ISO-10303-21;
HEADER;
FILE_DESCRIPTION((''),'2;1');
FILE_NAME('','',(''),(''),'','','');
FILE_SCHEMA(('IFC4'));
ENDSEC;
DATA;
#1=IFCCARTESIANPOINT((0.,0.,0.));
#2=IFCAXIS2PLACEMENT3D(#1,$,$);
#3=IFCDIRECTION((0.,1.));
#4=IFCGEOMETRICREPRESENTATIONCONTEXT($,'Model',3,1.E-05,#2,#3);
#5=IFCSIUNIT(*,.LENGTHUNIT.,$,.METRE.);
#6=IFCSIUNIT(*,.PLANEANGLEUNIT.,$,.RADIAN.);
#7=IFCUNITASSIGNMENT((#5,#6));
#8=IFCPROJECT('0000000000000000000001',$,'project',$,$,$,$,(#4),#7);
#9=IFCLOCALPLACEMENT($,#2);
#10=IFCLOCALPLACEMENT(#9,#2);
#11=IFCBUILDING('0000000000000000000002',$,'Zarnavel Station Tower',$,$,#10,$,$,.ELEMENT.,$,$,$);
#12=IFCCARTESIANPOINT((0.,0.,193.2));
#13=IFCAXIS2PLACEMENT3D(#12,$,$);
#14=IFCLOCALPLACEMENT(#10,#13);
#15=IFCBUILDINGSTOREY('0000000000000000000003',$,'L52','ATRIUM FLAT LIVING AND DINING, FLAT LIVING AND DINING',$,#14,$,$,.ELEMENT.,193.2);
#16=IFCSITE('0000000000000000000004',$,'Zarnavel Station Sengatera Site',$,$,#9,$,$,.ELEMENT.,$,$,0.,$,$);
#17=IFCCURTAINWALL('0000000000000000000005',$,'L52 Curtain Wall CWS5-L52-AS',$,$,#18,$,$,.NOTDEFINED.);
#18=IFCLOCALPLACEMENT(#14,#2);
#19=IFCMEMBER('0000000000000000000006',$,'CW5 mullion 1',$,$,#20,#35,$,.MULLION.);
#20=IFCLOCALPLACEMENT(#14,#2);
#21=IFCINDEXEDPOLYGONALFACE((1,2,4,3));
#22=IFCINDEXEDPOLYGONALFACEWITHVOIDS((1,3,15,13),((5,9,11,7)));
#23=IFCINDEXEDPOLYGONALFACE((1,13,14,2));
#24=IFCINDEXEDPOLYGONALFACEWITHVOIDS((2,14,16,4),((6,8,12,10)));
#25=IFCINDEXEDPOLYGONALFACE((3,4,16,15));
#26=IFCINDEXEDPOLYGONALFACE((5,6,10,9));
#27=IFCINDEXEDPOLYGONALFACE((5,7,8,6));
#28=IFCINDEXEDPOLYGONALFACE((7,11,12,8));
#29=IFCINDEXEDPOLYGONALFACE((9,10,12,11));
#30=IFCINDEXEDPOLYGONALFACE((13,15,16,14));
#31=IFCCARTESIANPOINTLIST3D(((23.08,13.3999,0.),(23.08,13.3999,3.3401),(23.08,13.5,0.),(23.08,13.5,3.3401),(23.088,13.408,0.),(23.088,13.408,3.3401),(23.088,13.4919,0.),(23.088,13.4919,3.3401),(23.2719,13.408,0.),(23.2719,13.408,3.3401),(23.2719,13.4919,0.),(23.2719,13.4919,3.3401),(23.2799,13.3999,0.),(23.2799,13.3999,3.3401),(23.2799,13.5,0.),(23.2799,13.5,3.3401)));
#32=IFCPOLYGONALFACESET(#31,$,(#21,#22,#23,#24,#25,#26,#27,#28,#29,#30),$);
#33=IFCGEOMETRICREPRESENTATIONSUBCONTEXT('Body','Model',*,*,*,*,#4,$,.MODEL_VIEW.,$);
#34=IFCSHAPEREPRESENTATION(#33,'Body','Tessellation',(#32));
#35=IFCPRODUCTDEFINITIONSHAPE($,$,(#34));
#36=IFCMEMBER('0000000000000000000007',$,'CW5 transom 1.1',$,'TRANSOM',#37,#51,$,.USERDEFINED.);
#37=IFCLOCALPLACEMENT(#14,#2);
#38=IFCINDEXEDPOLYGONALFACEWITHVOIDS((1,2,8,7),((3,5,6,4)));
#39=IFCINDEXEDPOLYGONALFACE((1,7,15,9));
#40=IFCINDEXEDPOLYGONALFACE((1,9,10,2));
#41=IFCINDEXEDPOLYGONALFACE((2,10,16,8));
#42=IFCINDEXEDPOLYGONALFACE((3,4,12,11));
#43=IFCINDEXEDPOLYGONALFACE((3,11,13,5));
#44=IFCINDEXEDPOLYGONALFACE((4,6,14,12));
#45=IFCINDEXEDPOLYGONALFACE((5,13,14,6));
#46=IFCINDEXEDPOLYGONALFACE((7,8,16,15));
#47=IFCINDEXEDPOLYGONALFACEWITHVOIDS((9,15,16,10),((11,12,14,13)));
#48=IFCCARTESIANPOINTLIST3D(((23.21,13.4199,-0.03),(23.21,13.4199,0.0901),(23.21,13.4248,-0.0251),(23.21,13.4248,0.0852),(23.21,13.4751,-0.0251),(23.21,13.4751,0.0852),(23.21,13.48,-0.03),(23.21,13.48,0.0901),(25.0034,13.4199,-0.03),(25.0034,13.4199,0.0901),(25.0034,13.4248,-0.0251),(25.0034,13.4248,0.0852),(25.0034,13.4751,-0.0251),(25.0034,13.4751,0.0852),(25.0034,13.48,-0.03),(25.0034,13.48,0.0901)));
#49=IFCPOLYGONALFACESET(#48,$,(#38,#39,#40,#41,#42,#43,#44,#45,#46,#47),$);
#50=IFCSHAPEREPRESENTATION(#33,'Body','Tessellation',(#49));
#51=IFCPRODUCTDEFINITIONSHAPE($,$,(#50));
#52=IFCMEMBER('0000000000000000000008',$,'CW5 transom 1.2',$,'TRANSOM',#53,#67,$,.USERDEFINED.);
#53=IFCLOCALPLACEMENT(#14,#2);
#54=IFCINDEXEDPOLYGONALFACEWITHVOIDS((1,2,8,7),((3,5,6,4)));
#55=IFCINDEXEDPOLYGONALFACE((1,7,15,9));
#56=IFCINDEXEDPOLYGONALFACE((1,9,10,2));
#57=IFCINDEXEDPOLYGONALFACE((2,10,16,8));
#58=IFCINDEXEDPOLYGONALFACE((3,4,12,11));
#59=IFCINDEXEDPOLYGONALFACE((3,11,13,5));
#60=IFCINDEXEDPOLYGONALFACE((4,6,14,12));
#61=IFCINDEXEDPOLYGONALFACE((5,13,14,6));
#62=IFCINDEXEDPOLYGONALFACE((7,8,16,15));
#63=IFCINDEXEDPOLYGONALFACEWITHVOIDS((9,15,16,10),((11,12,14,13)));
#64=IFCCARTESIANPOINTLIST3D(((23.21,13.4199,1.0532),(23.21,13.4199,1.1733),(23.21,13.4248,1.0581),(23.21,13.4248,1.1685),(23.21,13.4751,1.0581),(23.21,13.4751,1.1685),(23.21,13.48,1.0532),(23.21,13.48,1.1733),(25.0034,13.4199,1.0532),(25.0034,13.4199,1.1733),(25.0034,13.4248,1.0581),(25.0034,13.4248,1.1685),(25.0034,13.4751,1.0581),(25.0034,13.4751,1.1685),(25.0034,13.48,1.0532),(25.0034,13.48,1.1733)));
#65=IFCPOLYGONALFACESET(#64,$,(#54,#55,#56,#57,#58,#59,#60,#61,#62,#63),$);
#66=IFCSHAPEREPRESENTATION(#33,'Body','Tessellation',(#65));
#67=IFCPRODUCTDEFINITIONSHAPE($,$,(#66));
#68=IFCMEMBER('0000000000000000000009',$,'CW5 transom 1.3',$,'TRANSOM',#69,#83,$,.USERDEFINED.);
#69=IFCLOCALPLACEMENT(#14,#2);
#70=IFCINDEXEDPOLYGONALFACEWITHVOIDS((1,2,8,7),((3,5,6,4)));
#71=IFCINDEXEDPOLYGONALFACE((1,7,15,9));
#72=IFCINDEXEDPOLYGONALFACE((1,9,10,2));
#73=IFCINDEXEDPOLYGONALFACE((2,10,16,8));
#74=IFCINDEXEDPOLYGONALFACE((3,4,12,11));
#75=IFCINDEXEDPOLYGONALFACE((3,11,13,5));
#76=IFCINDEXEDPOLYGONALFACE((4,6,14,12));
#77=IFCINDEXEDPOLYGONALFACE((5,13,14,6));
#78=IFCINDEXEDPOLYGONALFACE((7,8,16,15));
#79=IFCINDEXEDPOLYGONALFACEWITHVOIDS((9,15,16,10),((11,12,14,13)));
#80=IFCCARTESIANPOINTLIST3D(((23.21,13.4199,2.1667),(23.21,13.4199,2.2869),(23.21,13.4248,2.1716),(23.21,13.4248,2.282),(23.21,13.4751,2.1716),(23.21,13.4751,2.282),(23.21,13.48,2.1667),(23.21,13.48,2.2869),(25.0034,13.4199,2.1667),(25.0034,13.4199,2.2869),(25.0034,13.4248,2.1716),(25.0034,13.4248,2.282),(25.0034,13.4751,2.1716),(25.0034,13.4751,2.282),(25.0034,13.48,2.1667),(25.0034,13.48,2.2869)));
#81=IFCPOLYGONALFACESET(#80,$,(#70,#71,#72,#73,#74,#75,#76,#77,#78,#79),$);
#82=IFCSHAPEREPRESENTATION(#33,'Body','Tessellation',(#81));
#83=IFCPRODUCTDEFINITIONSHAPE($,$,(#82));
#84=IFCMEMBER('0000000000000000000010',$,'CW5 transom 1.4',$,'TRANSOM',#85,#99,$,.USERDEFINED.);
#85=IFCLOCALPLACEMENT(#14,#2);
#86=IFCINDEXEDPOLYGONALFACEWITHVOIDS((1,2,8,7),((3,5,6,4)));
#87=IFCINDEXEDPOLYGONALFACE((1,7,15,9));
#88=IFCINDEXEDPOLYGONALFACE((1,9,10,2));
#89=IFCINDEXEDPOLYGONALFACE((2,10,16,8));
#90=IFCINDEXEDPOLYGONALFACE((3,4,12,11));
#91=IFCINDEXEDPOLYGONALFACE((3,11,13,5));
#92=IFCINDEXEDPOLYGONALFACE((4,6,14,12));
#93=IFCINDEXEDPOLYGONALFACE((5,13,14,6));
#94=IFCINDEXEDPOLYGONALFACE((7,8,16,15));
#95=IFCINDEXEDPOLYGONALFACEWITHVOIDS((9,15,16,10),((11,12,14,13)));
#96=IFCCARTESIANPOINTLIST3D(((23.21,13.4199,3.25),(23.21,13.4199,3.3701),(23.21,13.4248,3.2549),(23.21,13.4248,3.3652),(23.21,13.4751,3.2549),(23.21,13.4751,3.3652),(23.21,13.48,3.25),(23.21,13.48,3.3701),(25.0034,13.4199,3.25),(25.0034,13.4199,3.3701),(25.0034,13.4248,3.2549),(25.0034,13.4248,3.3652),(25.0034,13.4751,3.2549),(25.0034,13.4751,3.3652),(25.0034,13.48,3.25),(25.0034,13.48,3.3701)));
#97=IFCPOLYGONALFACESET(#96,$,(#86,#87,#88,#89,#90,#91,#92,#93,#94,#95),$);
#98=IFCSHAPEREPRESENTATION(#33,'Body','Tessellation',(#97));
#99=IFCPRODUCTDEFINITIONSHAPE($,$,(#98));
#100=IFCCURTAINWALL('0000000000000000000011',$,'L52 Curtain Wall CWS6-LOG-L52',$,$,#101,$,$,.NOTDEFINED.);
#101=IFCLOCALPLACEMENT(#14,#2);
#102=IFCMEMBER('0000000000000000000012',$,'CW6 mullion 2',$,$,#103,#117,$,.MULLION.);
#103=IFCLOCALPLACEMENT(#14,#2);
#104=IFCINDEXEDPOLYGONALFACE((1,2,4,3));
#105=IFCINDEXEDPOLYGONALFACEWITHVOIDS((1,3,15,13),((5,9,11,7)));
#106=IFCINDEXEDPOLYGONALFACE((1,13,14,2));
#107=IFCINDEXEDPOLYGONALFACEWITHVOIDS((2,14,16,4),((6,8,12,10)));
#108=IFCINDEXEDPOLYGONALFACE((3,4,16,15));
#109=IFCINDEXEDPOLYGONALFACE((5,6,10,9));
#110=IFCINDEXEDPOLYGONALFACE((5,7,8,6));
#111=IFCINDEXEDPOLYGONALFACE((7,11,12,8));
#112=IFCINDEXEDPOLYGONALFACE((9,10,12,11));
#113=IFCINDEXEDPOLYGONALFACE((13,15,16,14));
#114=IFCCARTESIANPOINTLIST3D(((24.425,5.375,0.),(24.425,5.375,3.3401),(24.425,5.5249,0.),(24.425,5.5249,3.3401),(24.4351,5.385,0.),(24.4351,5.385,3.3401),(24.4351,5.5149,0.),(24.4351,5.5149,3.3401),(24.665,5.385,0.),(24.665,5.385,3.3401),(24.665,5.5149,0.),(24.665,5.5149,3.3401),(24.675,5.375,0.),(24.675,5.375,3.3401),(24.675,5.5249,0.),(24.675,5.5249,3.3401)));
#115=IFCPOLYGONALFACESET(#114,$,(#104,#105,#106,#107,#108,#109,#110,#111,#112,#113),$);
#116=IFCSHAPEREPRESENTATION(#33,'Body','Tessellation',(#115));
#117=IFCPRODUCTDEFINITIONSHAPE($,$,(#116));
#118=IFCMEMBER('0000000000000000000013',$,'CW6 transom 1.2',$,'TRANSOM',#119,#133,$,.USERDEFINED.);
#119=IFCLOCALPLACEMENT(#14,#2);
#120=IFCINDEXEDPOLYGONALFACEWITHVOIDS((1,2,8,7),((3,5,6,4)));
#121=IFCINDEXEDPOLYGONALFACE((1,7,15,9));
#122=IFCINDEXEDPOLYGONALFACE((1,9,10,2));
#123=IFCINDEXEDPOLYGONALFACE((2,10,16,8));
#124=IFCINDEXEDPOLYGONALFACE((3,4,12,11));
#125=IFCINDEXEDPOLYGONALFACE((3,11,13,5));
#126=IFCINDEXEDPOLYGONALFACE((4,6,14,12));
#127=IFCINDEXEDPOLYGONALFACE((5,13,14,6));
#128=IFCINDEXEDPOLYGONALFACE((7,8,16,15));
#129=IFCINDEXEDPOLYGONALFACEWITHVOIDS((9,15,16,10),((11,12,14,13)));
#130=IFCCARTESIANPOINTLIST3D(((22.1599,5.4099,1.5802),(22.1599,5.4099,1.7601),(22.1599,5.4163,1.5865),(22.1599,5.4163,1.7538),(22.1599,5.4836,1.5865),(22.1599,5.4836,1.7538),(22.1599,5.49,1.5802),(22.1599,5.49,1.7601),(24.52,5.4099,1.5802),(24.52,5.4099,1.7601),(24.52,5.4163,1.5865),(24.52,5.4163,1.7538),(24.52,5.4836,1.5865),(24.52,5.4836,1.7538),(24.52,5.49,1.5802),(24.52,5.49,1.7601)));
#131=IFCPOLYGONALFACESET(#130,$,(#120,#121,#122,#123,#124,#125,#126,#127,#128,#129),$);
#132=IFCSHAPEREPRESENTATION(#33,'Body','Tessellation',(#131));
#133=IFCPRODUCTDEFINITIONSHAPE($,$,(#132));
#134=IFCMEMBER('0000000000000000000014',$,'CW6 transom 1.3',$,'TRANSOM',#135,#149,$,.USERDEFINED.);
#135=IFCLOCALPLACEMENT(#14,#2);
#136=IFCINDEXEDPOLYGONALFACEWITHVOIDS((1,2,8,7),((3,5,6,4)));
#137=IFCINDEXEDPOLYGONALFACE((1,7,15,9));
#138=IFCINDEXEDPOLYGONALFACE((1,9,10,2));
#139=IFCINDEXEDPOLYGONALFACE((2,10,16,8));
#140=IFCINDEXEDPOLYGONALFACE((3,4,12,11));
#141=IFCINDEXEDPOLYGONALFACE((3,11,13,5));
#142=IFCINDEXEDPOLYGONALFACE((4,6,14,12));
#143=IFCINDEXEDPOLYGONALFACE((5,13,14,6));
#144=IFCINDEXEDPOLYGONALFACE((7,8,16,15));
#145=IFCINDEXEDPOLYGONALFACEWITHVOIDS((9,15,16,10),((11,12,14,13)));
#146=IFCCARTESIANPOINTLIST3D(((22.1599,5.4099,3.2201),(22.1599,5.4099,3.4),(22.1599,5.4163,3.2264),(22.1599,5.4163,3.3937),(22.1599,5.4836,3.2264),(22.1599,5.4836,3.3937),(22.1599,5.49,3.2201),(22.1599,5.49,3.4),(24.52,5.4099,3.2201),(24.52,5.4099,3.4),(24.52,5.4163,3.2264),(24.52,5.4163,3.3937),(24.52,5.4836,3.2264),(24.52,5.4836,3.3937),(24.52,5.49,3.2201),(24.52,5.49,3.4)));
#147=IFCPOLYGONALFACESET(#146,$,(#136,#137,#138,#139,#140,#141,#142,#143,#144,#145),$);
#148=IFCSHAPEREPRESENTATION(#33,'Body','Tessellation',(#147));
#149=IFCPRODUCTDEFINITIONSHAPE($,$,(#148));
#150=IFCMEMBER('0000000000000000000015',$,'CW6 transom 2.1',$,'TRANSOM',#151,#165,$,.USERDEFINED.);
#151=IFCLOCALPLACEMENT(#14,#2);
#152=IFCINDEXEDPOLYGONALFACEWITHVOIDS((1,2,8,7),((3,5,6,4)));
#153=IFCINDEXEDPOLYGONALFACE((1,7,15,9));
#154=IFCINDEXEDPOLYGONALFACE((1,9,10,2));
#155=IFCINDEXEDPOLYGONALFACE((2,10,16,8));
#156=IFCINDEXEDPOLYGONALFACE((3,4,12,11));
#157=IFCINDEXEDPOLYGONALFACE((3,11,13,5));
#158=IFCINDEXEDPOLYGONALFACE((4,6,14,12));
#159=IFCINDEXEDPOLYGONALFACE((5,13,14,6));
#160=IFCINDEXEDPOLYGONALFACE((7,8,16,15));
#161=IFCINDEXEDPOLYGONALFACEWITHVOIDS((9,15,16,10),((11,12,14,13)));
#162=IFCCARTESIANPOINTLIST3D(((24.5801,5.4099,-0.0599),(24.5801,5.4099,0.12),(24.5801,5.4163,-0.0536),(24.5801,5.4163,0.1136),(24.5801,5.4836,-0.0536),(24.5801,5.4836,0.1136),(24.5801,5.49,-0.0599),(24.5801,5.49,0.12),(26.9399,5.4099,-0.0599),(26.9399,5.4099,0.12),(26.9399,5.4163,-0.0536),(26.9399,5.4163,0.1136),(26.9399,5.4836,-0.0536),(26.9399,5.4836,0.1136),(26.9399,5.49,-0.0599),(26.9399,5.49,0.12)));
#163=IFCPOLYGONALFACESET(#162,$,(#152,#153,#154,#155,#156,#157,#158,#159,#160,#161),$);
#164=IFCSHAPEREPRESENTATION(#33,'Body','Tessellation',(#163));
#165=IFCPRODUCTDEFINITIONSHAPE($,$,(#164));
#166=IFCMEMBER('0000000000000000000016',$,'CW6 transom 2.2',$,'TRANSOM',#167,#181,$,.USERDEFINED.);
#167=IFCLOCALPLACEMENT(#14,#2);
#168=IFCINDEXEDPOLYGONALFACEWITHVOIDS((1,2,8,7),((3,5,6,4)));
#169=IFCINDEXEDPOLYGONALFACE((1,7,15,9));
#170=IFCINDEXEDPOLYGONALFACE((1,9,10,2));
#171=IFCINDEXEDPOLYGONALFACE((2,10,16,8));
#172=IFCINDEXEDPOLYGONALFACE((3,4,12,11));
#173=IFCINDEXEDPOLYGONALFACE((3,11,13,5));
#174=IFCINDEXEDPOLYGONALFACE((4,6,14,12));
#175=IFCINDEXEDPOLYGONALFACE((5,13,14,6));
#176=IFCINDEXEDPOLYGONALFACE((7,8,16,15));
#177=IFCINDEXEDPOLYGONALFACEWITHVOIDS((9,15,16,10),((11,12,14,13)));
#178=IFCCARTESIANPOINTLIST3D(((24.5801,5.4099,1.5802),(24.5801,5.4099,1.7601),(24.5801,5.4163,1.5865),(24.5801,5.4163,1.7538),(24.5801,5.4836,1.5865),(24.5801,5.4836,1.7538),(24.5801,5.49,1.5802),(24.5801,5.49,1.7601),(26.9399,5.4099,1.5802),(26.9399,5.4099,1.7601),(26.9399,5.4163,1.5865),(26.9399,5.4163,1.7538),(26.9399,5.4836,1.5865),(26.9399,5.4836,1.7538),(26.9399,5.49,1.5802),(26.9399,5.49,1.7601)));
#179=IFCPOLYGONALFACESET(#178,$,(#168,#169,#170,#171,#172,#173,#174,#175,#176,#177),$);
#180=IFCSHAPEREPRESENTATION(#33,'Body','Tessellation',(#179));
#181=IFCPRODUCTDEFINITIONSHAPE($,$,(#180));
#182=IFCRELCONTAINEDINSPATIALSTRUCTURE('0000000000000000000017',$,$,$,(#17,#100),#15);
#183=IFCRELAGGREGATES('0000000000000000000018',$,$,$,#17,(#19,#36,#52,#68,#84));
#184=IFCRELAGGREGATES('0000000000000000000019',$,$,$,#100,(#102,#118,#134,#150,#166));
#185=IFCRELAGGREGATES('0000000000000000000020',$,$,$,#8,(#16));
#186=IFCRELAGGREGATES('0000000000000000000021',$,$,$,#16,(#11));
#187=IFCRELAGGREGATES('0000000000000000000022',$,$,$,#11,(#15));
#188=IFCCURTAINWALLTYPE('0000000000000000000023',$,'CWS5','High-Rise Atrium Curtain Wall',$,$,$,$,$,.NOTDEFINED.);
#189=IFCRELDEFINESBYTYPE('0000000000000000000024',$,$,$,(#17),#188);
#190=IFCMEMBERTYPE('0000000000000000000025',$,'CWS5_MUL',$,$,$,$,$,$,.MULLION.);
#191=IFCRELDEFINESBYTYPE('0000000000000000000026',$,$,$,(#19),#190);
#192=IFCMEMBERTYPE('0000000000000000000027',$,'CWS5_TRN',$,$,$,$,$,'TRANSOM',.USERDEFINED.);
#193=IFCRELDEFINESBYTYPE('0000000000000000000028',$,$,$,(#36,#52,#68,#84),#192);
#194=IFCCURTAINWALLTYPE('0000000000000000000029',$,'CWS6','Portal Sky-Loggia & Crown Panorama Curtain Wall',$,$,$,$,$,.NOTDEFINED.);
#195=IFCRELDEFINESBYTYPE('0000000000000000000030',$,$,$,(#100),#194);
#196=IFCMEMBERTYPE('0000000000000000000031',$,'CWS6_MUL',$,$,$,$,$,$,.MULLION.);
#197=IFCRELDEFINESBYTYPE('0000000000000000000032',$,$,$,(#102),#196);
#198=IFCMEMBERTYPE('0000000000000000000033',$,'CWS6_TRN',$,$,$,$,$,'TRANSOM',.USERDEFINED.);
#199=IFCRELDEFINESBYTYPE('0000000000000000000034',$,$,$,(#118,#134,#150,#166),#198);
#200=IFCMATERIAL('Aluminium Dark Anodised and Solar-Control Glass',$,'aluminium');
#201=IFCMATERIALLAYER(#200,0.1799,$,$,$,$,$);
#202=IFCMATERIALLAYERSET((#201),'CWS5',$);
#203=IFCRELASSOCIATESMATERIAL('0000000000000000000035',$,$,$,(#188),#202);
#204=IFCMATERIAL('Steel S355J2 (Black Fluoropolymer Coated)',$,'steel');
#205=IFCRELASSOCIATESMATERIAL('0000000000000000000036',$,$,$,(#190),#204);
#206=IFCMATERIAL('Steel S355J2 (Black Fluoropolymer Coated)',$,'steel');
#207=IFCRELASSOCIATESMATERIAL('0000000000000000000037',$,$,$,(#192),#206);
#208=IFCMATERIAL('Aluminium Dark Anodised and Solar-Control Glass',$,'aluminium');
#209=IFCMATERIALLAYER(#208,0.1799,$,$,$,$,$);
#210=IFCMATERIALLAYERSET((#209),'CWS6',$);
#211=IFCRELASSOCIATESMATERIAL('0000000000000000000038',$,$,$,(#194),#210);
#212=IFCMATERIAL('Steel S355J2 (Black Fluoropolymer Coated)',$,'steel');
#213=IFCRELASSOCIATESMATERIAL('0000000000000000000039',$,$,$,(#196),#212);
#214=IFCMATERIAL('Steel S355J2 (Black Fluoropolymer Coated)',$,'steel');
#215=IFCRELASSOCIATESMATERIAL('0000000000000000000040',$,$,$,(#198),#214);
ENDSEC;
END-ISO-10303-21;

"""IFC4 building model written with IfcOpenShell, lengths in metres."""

from ifc_helpers import new_model, si_unit, direction, frame, origin, origin_2d, place, context, subcontext, project, spatial, hollow_rectangle, extrude, material, layer, layer_set, material_profile, profile_set, type_object, element, aggregate, save


model = new_model("IFC4")

# Units and contexts
model_context = context("Model", 3, precision=1e-05, world=origin(), true_north=direction((0.0, 1.0)))
body_context = subcontext(model_context, "Body", "Model", "MODEL_VIEW")
ifc_project = project(units=[si_unit("LENGTHUNIT", "METRE"), si_unit("PLANEANGLEUNIT", "RADIAN")], contexts=[model_context])

# Site, building, storey
site_placement = place(None, origin())
site = spatial("IfcSite", under=ifc_project, at=site_placement, Name="Zarnavel Station Sengatera Site", CompositionType="ELEMENT", RefElevation=0.0)
building_placement = place(site_placement, origin())
building = spatial("IfcBuilding", under=site, at=building_placement, Name="Zarnavel Station Tower", CompositionType="ELEMENT")
storey_placement = place(building_placement, frame((0.0, 0.0, 193.2)))
storey = spatial("IfcBuildingStorey", under=building, at=storey_placement, Name="L52", Description="ATRIUM FLAT LIVING AND DINING, FLAT LIVING AND DINING", CompositionType="ELEMENT", Elevation=193.2)

# Curtain walls, members
ifc_material_1 = material(Name="Aluminium Dark Anodised and Solar-Control Glass", Category="aluminium")
ifc_layer_1 = layer(ifc_material_1, 0.1799)
ifc_layer_set_1 = layer_set([ifc_layer_1], Name="CWS5")
curtain_wall_type_1 = type_object("IfcCurtainWallType", Name="CWS5", Description="High-Rise Atrium Curtain Wall", PredefinedType="NOTDEFINED", material=ifc_layer_set_1)
curtain_wall_1_placement = place(storey_placement, origin())
curtain_wall_1 = element("IfcCurtainWall", 1, at=curtain_wall_1_placement, inside=storey, type_object=curtain_wall_type_1, Name="L52 Curtain Wall CWS5-L52-AS", PredefinedType="NOTDEFINED")
ifc_material_2 = material(Name="Steel S355J2 (Black Fluoropolymer Coated)", Category="steel")
ifc_material_profile_1 = material_profile(ifc_material_2, hollow_rectangle(XDim=0.1001, YDim=0.2, WallThickness=0.0081, at=origin_2d()), Name="RHS200x100x8")
ifc_profile_set_1 = profile_set([ifc_material_profile_1], Name="Steel S355J2 (Black Fluoropolymer Coated)")
member_type_1 = type_object("IfcMemberType", Name="CWS5_MUL", PredefinedType="MULLION", material=ifc_profile_set_1)
member_1_placement = place(storey_placement, frame((23.1799, 13.45, 0.0), z_axis=(0.0, 0.0, 1.0), x_axis=(0.0, 1.0, 0.0)))
member_1 = element("IfcMember", 2, at=member_1_placement, type_object=member_type_1, Name="CW5 mullion 1", PredefinedType="MULLION", context=body_context, shape_type="SweptSolid", body=[
    extrude(hollow_rectangle(XDim=0.1001, YDim=0.2, WallThickness=0.0081, at=origin_2d()), origin(), (0.0, 0.0, 1.0), 3.3401),
])
ifc_material_3 = material(Name="Steel S355J2 (Black Fluoropolymer Coated)", Category="steel")
ifc_material_profile_2 = material_profile(ifc_material_3, hollow_rectangle(XDim=0.0601, YDim=0.1201, WallThickness=0.0049, at=origin_2d()), Name="RHS120x60x5")
ifc_profile_set_2 = profile_set([ifc_material_profile_2], Name="Steel S355J2 (Black Fluoropolymer Coated)")
member_type_2 = type_object("IfcMemberType", Name="CWS5_TRN", ElementType="TRANSOM", PredefinedType="USERDEFINED", material=ifc_profile_set_2)
member_2_placement = place(storey_placement, frame((23.21, 13.45, 0.03), z_axis=(1.0, 0.0, 0.0), x_axis=(0.0, 1.0, 0.0)))
member_2 = element("IfcMember", 3, at=member_2_placement, type_object=member_type_2, Name="CW5 transom 1.1", ObjectType="TRANSOM", PredefinedType="USERDEFINED", context=body_context, shape_type="SweptSolid", body=[
    extrude(hollow_rectangle(XDim=0.0601, YDim=0.1201, WallThickness=0.0049, at=origin_2d()), origin(), (0.0, 0.0, 1.0), 1.7935),
])
member_3_placement = place(storey_placement, frame((23.21, 13.45, 1.1133), z_axis=(1.0, 0.0, 0.0), x_axis=(0.0, 1.0, 0.0)))
member_3 = element("IfcMember", 4, at=member_3_placement, type_object=member_type_2, Name="CW5 transom 1.2", ObjectType="TRANSOM", PredefinedType="USERDEFINED", context=body_context, shape_type="SweptSolid", body=[
    extrude(hollow_rectangle(XDim=0.0601, YDim=0.1201, WallThickness=0.0049, at=origin_2d()), origin(), (0.0, 0.0, 1.0), 1.7935),
])
member_4_placement = place(storey_placement, frame((23.21, 13.45, 2.2268), z_axis=(1.0, 0.0, 0.0), x_axis=(0.0, 1.0, 0.0)))
member_4 = element("IfcMember", 5, at=member_4_placement, type_object=member_type_2, Name="CW5 transom 1.3", ObjectType="TRANSOM", PredefinedType="USERDEFINED", context=body_context, shape_type="SweptSolid", body=[
    extrude(hollow_rectangle(XDim=0.0601, YDim=0.1201, WallThickness=0.0049, at=origin_2d()), origin(), (0.0, 0.0, 1.0), 1.7935),
])
member_5_placement = place(storey_placement, frame((23.21, 13.45, 3.3101), z_axis=(1.0, 0.0, 0.0), x_axis=(0.0, 1.0, 0.0)))
member_5 = element("IfcMember", 6, at=member_5_placement, type_object=member_type_2, Name="CW5 transom 1.4", ObjectType="TRANSOM", PredefinedType="USERDEFINED", context=body_context, shape_type="SweptSolid", body=[
    extrude(hollow_rectangle(XDim=0.0601, YDim=0.1201, WallThickness=0.0049, at=origin_2d()), origin(), (0.0, 0.0, 1.0), 1.7935),
])
ifc_material_4 = material(Name="Aluminium Dark Anodised and Solar-Control Glass", Category="aluminium")
ifc_layer_2 = layer(ifc_material_4, 0.1799)
ifc_layer_set_2 = layer_set([ifc_layer_2], Name="CWS6")
curtain_wall_type_2 = type_object("IfcCurtainWallType", Name="CWS6", Description="Portal Sky-Loggia & Crown Panorama Curtain Wall", PredefinedType="NOTDEFINED", material=ifc_layer_set_2)
curtain_wall_2_placement = place(storey_placement, origin())
curtain_wall_2 = element("IfcCurtainWall", 7, at=curtain_wall_2_placement, inside=storey, type_object=curtain_wall_type_2, Name="L52 Curtain Wall CWS6-LOG-L52", PredefinedType="NOTDEFINED")
ifc_material_5 = material(Name="Steel S355J2 (Black Fluoropolymer Coated)", Category="steel")
ifc_material_profile_3 = material_profile(ifc_material_5, hollow_rectangle(XDim=0.1499, YDim=0.25, WallThickness=0.01, at=origin_2d()), Name="RHS250x150x10")
ifc_profile_set_3 = profile_set([ifc_material_profile_3], Name="Steel S355J2 (Black Fluoropolymer Coated)")
member_type_3 = type_object("IfcMemberType", Name="CWS6_MUL", PredefinedType="MULLION", material=ifc_profile_set_3)
member_6_placement = place(storey_placement, frame((24.55, 5.45, 0.0), z_axis=(0.0, 0.0, 1.0), x_axis=(0.0, 1.0, 0.0)))
member_6 = element("IfcMember", 8, at=member_6_placement, type_object=member_type_3, Name="CW6 mullion 2", PredefinedType="MULLION", context=body_context, shape_type="SweptSolid", body=[
    extrude(hollow_rectangle(XDim=0.1499, YDim=0.25, WallThickness=0.01, at=origin_2d()), origin(), (0.0, 0.0, 1.0), 3.3401),
])
ifc_material_6 = material(Name="Steel S355J2 (Black Fluoropolymer Coated)", Category="steel")
ifc_material_profile_4 = material_profile(ifc_material_6, hollow_rectangle(XDim=0.0801, YDim=0.1799, WallThickness=0.0063, at=origin_2d()), Name="RHS180x80x6.3")
ifc_profile_set_4 = profile_set([ifc_material_profile_4], Name="Steel S355J2 (Black Fluoropolymer Coated)")
member_type_4 = type_object("IfcMemberType", Name="CWS6_TRN", ElementType="TRANSOM", PredefinedType="USERDEFINED", material=ifc_profile_set_4)
member_7_placement = place(storey_placement, frame((22.1599, 5.45, 1.6702), z_axis=(1.0, 0.0, 0.0), x_axis=(0.0, 1.0, 0.0)))
member_7 = element("IfcMember", 9, at=member_7_placement, type_object=member_type_4, Name="CW6 transom 1.2", ObjectType="TRANSOM", PredefinedType="USERDEFINED", context=body_context, shape_type="SweptSolid", body=[
    extrude(hollow_rectangle(XDim=0.0801, YDim=0.1799, WallThickness=0.0063, at=origin_2d()), origin(), (0.0, 0.0, 1.0), 2.3601),
])
member_8_placement = place(storey_placement, frame((22.1599, 5.45, 3.3101), z_axis=(1.0, 0.0, 0.0), x_axis=(0.0, 1.0, 0.0)))
member_8 = element("IfcMember", 10, at=member_8_placement, type_object=member_type_4, Name="CW6 transom 1.3", ObjectType="TRANSOM", PredefinedType="USERDEFINED", context=body_context, shape_type="SweptSolid", body=[
    extrude(hollow_rectangle(XDim=0.0801, YDim=0.1799, WallThickness=0.0063, at=origin_2d()), origin(), (0.0, 0.0, 1.0), 2.3601),
])
member_9_placement = place(storey_placement, frame((24.5801, 5.45, 0.03), z_axis=(1.0, 0.0, 0.0), x_axis=(0.0, 1.0, 0.0)))
member_9 = element("IfcMember", 11, at=member_9_placement, type_object=member_type_4, Name="CW6 transom 2.1", ObjectType="TRANSOM", PredefinedType="USERDEFINED", context=body_context, shape_type="SweptSolid", body=[
    extrude(hollow_rectangle(XDim=0.0801, YDim=0.1799, WallThickness=0.0063, at=origin_2d()), origin(), (0.0, 0.0, 1.0), 2.3599),
])
member_10_placement = place(storey_placement, frame((24.5801, 5.45, 1.6702), z_axis=(1.0, 0.0, 0.0), x_axis=(0.0, 1.0, 0.0)))
member_10 = element("IfcMember", 12, at=member_10_placement, type_object=member_type_4, Name="CW6 transom 2.2", ObjectType="TRANSOM", PredefinedType="USERDEFINED", context=body_context, shape_type="SweptSolid", body=[
    extrude(hollow_rectangle(XDim=0.0801, YDim=0.1799, WallThickness=0.0063, at=origin_2d()), origin(), (0.0, 0.0, 1.0), 2.3599),
])

aggregate(curtain_wall_1, [member_1, member_2, member_3, member_4, member_5])
aggregate(curtain_wall_2, [member_6, member_7, member_8, member_9, member_10])

save(model, "model.ifc")
